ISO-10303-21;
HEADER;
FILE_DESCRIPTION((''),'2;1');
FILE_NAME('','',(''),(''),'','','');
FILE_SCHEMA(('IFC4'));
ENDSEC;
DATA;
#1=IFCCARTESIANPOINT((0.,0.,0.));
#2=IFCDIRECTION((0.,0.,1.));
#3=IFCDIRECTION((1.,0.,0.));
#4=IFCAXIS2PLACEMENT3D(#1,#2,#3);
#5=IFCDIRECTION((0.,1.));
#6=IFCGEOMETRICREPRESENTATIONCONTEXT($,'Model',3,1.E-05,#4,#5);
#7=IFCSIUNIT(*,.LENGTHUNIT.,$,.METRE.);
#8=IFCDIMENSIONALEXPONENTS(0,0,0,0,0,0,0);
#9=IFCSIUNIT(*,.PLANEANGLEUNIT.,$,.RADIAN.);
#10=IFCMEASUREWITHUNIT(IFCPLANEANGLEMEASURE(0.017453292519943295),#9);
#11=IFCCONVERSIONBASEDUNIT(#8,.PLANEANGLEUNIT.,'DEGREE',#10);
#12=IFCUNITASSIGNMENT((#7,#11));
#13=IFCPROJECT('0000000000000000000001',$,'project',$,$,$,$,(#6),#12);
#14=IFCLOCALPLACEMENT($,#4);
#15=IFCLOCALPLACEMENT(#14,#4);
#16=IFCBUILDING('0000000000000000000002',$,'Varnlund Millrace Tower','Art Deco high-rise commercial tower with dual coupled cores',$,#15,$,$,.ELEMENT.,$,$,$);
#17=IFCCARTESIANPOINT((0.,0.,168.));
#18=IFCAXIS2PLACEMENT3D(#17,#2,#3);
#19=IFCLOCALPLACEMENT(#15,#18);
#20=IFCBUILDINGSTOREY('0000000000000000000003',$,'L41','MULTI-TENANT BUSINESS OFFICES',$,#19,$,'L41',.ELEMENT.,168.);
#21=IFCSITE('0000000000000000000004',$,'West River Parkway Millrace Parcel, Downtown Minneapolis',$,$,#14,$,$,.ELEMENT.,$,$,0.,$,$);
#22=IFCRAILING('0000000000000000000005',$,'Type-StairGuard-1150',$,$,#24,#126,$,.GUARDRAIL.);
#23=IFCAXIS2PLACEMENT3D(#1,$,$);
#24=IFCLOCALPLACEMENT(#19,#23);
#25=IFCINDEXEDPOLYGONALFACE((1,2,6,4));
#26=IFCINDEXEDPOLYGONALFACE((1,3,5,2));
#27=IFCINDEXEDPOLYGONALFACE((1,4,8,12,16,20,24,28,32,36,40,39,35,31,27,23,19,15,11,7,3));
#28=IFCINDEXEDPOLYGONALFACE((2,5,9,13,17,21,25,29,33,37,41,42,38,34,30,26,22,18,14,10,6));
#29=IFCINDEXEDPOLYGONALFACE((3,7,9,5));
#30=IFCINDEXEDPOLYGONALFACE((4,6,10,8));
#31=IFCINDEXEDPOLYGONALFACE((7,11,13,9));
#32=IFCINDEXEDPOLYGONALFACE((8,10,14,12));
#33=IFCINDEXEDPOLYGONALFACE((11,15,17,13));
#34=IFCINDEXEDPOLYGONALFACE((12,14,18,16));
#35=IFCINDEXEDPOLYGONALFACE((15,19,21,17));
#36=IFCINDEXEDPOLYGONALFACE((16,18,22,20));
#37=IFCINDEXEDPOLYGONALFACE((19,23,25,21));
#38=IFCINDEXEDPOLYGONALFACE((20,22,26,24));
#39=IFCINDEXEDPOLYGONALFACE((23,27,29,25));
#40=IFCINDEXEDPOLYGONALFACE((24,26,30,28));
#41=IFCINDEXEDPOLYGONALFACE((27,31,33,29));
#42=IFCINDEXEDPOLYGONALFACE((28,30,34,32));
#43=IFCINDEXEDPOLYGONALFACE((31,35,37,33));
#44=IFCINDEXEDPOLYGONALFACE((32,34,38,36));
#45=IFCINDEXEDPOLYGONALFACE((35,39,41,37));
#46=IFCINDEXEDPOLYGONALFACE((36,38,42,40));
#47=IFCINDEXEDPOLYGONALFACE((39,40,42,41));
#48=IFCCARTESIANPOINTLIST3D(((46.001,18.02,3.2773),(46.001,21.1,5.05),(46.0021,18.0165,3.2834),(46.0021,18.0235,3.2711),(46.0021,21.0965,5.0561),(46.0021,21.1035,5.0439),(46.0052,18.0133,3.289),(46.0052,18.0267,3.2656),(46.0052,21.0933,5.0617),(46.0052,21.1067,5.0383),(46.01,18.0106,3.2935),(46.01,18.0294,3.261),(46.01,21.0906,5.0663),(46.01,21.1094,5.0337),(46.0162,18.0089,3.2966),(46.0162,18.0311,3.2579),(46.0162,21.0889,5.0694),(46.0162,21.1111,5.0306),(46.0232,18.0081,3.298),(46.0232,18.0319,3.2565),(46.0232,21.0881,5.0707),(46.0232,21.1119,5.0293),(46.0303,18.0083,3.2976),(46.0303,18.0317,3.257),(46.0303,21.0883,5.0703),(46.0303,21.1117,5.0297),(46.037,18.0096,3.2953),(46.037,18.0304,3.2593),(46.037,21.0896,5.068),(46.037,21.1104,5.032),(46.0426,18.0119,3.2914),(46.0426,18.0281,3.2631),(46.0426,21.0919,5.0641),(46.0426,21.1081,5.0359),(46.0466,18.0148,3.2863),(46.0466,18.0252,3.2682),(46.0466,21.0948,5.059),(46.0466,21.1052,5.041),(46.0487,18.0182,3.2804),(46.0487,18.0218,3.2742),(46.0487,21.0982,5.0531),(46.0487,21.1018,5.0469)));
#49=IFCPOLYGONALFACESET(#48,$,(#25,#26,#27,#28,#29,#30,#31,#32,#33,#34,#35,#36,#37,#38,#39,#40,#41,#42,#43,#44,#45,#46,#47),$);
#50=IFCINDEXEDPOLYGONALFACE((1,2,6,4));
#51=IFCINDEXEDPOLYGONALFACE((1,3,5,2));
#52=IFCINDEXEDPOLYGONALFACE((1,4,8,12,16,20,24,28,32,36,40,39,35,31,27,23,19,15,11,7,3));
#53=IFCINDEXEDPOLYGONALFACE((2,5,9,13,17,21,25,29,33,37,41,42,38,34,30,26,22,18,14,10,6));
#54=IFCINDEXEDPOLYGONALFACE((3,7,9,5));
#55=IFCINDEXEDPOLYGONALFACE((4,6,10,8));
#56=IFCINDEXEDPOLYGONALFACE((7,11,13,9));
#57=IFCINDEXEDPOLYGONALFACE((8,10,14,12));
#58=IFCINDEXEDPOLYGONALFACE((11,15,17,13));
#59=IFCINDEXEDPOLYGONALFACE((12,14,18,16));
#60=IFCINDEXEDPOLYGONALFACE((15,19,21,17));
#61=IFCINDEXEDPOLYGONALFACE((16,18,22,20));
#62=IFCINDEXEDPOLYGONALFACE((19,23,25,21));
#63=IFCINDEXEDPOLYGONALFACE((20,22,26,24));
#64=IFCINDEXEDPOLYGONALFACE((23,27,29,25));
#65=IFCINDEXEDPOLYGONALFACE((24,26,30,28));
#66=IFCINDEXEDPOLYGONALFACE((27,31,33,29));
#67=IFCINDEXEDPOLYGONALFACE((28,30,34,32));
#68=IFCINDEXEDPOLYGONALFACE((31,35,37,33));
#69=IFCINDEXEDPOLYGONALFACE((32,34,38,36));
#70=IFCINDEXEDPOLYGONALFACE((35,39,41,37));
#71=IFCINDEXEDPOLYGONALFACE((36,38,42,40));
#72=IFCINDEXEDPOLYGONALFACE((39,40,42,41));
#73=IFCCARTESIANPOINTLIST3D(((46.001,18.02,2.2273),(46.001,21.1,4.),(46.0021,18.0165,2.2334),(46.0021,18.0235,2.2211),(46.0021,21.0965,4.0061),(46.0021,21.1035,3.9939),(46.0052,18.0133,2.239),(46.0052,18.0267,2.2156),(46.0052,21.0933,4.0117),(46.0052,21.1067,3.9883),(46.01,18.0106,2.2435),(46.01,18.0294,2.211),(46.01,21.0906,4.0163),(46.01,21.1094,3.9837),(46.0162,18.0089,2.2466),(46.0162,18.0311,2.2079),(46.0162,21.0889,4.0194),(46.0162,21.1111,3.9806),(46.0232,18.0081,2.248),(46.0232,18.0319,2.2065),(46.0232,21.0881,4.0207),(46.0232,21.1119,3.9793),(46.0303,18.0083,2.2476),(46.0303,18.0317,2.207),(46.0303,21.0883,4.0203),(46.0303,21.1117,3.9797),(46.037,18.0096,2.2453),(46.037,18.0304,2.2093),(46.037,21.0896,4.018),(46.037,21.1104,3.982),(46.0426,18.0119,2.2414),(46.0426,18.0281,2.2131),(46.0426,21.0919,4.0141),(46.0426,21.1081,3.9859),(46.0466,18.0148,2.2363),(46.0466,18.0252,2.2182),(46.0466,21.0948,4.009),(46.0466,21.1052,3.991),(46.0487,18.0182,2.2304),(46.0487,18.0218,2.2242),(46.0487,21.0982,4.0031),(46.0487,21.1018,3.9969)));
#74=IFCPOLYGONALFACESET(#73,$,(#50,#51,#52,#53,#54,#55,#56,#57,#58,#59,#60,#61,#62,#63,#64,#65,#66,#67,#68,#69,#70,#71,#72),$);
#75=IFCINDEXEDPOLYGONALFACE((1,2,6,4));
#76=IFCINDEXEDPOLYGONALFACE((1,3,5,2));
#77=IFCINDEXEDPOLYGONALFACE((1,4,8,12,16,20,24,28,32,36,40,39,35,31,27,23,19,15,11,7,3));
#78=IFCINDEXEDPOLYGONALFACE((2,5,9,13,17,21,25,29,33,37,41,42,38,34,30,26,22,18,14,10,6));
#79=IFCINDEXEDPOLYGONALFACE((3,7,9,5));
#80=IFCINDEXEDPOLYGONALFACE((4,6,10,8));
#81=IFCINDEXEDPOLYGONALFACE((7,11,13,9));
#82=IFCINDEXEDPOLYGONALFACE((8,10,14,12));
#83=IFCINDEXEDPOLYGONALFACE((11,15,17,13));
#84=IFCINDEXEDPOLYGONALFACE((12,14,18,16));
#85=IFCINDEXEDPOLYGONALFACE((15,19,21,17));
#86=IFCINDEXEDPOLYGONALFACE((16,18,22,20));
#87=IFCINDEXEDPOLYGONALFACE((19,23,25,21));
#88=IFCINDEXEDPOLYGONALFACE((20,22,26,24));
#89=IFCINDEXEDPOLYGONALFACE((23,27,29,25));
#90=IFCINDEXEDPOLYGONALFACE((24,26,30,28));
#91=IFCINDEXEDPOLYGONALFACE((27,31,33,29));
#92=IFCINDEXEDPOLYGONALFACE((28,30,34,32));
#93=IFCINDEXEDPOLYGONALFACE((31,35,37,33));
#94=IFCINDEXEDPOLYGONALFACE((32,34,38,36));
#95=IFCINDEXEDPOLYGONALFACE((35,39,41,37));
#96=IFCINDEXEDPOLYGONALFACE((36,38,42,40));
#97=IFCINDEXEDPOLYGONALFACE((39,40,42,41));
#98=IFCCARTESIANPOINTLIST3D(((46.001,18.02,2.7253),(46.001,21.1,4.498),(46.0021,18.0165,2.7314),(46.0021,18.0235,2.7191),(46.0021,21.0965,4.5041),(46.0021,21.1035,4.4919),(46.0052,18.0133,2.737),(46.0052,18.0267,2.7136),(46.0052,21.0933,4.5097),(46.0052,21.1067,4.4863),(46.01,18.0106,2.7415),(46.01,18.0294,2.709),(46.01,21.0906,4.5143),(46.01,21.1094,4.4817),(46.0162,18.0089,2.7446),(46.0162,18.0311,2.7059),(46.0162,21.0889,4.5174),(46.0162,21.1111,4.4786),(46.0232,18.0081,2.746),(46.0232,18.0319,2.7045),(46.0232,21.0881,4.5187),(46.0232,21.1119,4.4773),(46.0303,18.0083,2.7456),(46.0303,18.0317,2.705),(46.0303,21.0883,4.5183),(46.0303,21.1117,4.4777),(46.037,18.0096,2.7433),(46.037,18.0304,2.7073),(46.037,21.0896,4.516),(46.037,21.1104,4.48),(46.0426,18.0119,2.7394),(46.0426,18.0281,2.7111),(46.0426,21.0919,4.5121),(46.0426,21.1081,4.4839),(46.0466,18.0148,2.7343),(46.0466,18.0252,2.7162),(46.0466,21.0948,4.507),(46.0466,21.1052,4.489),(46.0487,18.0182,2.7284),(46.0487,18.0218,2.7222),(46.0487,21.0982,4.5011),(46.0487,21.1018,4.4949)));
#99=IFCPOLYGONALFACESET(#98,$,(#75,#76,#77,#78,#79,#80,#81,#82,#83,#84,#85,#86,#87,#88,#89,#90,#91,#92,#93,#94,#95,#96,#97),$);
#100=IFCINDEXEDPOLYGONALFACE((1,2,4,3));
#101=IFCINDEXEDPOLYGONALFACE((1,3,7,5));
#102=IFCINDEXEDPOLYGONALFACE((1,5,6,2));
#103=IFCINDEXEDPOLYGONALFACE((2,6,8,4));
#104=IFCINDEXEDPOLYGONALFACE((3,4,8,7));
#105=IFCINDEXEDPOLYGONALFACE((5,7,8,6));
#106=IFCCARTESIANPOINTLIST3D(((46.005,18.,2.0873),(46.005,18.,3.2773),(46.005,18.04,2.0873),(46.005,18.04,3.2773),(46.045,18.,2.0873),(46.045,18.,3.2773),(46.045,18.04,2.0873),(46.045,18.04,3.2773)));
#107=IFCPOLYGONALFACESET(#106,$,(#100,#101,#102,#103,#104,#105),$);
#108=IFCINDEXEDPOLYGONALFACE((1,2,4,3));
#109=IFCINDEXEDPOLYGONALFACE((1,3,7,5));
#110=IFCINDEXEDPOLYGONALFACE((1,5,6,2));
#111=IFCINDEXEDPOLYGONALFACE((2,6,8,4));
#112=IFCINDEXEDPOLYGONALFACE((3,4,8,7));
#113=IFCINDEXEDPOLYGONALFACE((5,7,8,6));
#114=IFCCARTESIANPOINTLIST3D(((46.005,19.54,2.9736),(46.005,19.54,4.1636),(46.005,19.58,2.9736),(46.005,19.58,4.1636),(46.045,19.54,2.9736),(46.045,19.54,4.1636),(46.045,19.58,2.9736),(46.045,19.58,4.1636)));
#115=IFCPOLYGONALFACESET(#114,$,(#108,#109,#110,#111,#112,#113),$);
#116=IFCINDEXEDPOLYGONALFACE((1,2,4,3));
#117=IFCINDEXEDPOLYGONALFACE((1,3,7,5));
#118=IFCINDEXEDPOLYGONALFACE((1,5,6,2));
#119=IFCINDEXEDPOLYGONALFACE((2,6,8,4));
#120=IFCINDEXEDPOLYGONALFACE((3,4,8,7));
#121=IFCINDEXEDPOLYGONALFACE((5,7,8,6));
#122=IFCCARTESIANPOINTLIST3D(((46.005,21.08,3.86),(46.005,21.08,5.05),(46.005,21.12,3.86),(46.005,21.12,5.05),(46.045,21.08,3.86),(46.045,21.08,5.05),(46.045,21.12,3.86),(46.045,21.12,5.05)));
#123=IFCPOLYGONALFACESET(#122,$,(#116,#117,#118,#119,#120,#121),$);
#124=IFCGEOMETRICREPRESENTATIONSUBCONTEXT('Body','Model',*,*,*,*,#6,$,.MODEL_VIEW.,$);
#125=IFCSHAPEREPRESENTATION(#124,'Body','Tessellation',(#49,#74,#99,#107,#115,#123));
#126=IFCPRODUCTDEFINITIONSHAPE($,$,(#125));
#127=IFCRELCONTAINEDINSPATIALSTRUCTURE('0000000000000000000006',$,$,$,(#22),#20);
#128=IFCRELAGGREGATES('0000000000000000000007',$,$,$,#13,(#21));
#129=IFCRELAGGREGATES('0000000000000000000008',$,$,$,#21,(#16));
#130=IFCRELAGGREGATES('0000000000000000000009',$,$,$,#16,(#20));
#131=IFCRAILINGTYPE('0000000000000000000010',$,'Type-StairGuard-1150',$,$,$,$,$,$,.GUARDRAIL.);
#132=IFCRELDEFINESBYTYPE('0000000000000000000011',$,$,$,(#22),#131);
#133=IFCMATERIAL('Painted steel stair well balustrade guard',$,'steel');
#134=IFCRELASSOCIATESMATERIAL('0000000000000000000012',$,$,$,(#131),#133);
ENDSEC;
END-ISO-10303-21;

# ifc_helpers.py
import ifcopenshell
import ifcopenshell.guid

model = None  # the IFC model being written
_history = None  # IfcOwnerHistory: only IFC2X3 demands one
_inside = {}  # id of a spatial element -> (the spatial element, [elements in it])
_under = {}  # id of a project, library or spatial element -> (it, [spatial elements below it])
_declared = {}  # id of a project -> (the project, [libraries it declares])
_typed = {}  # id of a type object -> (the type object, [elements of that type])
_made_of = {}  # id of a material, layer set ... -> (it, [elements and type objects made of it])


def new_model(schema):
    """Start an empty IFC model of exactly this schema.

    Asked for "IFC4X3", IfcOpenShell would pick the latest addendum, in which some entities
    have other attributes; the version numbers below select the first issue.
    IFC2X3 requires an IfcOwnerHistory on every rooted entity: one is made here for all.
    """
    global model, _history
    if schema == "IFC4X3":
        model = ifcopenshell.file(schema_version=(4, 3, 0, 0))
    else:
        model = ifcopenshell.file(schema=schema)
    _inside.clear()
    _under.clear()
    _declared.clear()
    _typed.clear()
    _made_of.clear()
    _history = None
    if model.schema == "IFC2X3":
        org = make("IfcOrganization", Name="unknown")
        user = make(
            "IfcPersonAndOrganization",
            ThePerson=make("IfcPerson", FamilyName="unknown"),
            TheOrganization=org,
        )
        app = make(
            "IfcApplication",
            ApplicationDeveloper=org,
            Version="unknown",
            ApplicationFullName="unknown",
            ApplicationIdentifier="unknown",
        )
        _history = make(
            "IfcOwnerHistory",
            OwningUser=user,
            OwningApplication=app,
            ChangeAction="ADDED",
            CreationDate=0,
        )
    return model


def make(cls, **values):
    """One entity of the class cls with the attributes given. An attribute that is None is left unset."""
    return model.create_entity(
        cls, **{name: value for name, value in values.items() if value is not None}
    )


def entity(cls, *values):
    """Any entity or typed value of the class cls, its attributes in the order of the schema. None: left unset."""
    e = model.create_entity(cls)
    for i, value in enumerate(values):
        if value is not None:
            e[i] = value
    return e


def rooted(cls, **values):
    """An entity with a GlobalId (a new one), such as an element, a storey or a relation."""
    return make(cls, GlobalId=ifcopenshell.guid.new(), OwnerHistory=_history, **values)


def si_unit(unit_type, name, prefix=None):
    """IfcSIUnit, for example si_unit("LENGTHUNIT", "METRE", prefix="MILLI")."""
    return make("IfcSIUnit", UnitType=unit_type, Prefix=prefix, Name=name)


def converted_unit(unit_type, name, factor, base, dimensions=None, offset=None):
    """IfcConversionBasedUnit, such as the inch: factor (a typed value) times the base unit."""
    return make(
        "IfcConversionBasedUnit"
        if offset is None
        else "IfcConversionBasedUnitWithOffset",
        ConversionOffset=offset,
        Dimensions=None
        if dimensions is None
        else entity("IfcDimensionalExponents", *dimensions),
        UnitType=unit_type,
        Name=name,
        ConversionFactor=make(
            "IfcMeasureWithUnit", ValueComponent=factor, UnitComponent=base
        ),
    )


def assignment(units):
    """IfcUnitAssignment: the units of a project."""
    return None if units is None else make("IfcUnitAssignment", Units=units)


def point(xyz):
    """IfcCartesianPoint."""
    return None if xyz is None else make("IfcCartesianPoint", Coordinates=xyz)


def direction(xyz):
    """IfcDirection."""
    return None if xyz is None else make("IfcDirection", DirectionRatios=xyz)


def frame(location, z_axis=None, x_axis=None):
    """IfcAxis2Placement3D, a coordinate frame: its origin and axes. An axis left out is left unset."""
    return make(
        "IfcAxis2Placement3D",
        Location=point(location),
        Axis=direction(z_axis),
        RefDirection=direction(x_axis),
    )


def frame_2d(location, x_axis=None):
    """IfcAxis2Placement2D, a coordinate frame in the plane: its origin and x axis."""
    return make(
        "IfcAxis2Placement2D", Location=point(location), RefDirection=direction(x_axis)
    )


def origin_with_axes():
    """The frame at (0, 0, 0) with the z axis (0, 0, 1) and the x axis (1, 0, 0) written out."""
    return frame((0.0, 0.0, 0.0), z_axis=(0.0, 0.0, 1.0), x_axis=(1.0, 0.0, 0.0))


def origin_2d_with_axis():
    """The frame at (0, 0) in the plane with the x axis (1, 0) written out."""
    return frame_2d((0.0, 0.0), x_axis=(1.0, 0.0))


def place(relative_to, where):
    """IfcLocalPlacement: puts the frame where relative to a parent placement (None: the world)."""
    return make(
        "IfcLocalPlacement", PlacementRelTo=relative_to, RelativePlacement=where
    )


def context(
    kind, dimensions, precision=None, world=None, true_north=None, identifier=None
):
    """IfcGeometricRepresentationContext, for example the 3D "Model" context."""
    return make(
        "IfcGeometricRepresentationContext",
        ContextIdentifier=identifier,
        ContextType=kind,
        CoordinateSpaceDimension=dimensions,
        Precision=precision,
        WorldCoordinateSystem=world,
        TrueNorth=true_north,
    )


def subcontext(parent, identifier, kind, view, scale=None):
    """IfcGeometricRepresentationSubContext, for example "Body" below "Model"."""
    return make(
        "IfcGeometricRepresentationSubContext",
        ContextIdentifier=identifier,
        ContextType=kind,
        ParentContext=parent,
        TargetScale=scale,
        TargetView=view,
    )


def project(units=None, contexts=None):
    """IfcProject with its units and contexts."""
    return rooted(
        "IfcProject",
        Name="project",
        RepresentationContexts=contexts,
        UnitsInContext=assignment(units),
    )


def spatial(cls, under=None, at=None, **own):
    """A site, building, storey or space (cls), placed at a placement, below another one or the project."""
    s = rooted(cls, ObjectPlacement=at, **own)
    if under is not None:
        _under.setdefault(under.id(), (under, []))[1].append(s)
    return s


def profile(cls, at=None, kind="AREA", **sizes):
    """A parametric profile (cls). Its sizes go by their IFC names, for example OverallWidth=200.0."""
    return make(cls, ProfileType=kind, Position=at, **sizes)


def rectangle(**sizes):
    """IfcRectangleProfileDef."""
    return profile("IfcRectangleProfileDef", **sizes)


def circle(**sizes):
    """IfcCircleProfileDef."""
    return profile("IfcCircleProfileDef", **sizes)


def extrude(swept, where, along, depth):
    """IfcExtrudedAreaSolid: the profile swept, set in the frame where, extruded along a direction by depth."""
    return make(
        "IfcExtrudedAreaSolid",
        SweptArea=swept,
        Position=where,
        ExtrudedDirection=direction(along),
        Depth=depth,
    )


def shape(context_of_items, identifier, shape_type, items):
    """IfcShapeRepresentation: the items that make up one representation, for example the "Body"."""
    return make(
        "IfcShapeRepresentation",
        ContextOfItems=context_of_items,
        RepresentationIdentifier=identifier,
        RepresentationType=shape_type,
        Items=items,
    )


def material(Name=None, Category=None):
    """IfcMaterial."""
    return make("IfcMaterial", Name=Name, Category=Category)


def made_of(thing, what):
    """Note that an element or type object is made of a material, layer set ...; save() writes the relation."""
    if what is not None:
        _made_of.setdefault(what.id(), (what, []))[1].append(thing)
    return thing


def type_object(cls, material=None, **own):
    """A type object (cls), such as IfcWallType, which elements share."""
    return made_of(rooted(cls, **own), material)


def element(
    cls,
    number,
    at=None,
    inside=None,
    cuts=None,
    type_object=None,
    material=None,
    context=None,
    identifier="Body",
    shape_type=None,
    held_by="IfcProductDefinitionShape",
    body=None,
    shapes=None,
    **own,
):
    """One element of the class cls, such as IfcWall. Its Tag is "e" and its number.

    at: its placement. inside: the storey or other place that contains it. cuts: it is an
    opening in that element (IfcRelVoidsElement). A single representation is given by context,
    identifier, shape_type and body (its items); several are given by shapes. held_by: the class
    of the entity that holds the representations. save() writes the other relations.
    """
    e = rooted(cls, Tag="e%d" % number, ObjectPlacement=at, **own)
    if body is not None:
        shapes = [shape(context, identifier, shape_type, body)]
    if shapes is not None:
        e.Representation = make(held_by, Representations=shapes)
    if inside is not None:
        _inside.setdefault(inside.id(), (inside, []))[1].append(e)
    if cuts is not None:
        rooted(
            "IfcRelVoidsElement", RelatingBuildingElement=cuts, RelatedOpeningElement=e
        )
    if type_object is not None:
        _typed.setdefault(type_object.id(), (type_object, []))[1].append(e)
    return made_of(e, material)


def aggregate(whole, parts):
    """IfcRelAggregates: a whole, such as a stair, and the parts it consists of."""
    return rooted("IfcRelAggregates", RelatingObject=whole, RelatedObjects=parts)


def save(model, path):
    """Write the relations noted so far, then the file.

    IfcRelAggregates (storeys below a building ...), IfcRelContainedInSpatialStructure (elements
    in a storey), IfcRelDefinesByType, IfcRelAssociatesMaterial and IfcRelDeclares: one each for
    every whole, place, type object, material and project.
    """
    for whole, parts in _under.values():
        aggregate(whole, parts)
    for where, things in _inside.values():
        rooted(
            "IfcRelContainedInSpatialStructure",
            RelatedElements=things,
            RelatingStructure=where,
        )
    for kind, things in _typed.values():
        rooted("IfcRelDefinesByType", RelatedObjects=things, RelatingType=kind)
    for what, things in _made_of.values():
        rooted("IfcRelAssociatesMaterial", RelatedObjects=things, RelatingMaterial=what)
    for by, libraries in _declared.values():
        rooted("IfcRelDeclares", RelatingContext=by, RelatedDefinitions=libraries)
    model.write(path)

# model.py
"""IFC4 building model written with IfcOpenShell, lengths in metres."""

from ifc_helpers import new_model, entity, si_unit, converted_unit, direction, frame, origin_with_axes, origin_2d_with_axis, place, context, subcontext, project, spatial, rectangle, circle, extrude, material, type_object, element, save


model = new_model("IFC4")

# Units and contexts
model_context = context("Model", 3, precision=1e-05, world=origin_with_axes(), true_north=direction((0.0, 1.0)))
body_context = subcontext(model_context, "Body", "Model", "MODEL_VIEW")
ifc_project = project(units=[si_unit("LENGTHUNIT", "METRE"), converted_unit("PLANEANGLEUNIT", "DEGREE", entity("IfcPlaneAngleMeasure", 0.017453292519943295), si_unit("PLANEANGLEUNIT", "RADIAN"), dimensions=[0, 0, 0, 0, 0, 0, 0])], contexts=[model_context])

# Site, building, storey
site_placement = place(None, origin_with_axes())
site = spatial("IfcSite", under=ifc_project, at=site_placement, Name="West River Parkway Millrace Parcel, Downtown Minneapolis", CompositionType="ELEMENT", RefElevation=0.0)
building_placement = place(site_placement, origin_with_axes())
building = spatial("IfcBuilding", under=site, at=building_placement, Name="Varnlund Millrace Tower", Description="Art Deco high-rise commercial tower with dual coupled cores", CompositionType="ELEMENT")
storey_placement = place(building_placement, frame((0.0, 0.0, 168.0), z_axis=(0.0, 0.0, 1.0), x_axis=(1.0, 0.0, 0.0)))
storey = spatial("IfcBuildingStorey", under=building, at=storey_placement, Name="L41", Description="MULTI-TENANT BUSINESS OFFICES", LongName="L41", CompositionType="ELEMENT", Elevation=168.0)

# Railing
ifc_material_1 = material(Name="Painted steel stair well balustrade guard", Category="steel")
railing_type_1 = type_object("IfcRailingType", Name="Type-StairGuard-1150", PredefinedType="GUARDRAIL", material=ifc_material_1)
railing_1_placement = place(storey_placement, frame((0.0, 0.0, -168.0), z_axis=(0.0, 0.0, 1.0), x_axis=(1.0, 0.0, 0.0)))
element("IfcRailing", 1, at=railing_1_placement, inside=storey, type_object=railing_type_1, Name="Type-StairGuard-1150", PredefinedType="GUARDRAIL", context=body_context, shape_type="SweptSolid", body=[
    extrude(circle(Radius=0.024, at=origin_2d_with_axis()), frame((46.025, 18.02, 171.2773), z_axis=(0.0, 0.866696, 0.498836), x_axis=(-1.0, 0.0, 0.0)), (0.0, 0.0, 1.0), 3.5537),
    extrude(circle(Radius=0.024, at=origin_2d_with_axis()), frame((46.025, 18.02, 170.2273), z_axis=(0.0, 0.866696, 0.498836), x_axis=(-1.0, 0.0, 0.0)), (0.0, 0.0, 1.0), 3.5537),
    extrude(circle(Radius=0.024, at=origin_2d_with_axis()), frame((46.025, 18.02, 170.7253), z_axis=(0.0, 0.866696, 0.498836), x_axis=(-1.0, 0.0, 0.0)), (0.0, 0.0, 1.0), 3.5537),
    extrude(rectangle(XDim=0.04, YDim=0.04, at=origin_2d_with_axis()), frame((46.025, 18.02, 170.0873), z_axis=(0.0, 0.0, 1.0), x_axis=(1.0, 0.0, 0.0)), (0.0, 0.0, 1.0), 1.19),
    extrude(rectangle(XDim=0.04, YDim=0.04, at=origin_2d_with_axis()), frame((46.025, 19.56, 170.9736), z_axis=(0.0, 0.0, 1.0), x_axis=(1.0, 0.0, 0.0)), (0.0, 0.0, 1.0), 1.19),
    extrude(rectangle(XDim=0.04, YDim=0.04, at=origin_2d_with_axis()), frame((46.025, 21.1, 171.86), z_axis=(0.0, 0.0, 1.0), x_axis=(1.0, 0.0, 0.0)), (0.0, 0.0, 1.0), 1.19),
])

save(model, "model.ifc")
